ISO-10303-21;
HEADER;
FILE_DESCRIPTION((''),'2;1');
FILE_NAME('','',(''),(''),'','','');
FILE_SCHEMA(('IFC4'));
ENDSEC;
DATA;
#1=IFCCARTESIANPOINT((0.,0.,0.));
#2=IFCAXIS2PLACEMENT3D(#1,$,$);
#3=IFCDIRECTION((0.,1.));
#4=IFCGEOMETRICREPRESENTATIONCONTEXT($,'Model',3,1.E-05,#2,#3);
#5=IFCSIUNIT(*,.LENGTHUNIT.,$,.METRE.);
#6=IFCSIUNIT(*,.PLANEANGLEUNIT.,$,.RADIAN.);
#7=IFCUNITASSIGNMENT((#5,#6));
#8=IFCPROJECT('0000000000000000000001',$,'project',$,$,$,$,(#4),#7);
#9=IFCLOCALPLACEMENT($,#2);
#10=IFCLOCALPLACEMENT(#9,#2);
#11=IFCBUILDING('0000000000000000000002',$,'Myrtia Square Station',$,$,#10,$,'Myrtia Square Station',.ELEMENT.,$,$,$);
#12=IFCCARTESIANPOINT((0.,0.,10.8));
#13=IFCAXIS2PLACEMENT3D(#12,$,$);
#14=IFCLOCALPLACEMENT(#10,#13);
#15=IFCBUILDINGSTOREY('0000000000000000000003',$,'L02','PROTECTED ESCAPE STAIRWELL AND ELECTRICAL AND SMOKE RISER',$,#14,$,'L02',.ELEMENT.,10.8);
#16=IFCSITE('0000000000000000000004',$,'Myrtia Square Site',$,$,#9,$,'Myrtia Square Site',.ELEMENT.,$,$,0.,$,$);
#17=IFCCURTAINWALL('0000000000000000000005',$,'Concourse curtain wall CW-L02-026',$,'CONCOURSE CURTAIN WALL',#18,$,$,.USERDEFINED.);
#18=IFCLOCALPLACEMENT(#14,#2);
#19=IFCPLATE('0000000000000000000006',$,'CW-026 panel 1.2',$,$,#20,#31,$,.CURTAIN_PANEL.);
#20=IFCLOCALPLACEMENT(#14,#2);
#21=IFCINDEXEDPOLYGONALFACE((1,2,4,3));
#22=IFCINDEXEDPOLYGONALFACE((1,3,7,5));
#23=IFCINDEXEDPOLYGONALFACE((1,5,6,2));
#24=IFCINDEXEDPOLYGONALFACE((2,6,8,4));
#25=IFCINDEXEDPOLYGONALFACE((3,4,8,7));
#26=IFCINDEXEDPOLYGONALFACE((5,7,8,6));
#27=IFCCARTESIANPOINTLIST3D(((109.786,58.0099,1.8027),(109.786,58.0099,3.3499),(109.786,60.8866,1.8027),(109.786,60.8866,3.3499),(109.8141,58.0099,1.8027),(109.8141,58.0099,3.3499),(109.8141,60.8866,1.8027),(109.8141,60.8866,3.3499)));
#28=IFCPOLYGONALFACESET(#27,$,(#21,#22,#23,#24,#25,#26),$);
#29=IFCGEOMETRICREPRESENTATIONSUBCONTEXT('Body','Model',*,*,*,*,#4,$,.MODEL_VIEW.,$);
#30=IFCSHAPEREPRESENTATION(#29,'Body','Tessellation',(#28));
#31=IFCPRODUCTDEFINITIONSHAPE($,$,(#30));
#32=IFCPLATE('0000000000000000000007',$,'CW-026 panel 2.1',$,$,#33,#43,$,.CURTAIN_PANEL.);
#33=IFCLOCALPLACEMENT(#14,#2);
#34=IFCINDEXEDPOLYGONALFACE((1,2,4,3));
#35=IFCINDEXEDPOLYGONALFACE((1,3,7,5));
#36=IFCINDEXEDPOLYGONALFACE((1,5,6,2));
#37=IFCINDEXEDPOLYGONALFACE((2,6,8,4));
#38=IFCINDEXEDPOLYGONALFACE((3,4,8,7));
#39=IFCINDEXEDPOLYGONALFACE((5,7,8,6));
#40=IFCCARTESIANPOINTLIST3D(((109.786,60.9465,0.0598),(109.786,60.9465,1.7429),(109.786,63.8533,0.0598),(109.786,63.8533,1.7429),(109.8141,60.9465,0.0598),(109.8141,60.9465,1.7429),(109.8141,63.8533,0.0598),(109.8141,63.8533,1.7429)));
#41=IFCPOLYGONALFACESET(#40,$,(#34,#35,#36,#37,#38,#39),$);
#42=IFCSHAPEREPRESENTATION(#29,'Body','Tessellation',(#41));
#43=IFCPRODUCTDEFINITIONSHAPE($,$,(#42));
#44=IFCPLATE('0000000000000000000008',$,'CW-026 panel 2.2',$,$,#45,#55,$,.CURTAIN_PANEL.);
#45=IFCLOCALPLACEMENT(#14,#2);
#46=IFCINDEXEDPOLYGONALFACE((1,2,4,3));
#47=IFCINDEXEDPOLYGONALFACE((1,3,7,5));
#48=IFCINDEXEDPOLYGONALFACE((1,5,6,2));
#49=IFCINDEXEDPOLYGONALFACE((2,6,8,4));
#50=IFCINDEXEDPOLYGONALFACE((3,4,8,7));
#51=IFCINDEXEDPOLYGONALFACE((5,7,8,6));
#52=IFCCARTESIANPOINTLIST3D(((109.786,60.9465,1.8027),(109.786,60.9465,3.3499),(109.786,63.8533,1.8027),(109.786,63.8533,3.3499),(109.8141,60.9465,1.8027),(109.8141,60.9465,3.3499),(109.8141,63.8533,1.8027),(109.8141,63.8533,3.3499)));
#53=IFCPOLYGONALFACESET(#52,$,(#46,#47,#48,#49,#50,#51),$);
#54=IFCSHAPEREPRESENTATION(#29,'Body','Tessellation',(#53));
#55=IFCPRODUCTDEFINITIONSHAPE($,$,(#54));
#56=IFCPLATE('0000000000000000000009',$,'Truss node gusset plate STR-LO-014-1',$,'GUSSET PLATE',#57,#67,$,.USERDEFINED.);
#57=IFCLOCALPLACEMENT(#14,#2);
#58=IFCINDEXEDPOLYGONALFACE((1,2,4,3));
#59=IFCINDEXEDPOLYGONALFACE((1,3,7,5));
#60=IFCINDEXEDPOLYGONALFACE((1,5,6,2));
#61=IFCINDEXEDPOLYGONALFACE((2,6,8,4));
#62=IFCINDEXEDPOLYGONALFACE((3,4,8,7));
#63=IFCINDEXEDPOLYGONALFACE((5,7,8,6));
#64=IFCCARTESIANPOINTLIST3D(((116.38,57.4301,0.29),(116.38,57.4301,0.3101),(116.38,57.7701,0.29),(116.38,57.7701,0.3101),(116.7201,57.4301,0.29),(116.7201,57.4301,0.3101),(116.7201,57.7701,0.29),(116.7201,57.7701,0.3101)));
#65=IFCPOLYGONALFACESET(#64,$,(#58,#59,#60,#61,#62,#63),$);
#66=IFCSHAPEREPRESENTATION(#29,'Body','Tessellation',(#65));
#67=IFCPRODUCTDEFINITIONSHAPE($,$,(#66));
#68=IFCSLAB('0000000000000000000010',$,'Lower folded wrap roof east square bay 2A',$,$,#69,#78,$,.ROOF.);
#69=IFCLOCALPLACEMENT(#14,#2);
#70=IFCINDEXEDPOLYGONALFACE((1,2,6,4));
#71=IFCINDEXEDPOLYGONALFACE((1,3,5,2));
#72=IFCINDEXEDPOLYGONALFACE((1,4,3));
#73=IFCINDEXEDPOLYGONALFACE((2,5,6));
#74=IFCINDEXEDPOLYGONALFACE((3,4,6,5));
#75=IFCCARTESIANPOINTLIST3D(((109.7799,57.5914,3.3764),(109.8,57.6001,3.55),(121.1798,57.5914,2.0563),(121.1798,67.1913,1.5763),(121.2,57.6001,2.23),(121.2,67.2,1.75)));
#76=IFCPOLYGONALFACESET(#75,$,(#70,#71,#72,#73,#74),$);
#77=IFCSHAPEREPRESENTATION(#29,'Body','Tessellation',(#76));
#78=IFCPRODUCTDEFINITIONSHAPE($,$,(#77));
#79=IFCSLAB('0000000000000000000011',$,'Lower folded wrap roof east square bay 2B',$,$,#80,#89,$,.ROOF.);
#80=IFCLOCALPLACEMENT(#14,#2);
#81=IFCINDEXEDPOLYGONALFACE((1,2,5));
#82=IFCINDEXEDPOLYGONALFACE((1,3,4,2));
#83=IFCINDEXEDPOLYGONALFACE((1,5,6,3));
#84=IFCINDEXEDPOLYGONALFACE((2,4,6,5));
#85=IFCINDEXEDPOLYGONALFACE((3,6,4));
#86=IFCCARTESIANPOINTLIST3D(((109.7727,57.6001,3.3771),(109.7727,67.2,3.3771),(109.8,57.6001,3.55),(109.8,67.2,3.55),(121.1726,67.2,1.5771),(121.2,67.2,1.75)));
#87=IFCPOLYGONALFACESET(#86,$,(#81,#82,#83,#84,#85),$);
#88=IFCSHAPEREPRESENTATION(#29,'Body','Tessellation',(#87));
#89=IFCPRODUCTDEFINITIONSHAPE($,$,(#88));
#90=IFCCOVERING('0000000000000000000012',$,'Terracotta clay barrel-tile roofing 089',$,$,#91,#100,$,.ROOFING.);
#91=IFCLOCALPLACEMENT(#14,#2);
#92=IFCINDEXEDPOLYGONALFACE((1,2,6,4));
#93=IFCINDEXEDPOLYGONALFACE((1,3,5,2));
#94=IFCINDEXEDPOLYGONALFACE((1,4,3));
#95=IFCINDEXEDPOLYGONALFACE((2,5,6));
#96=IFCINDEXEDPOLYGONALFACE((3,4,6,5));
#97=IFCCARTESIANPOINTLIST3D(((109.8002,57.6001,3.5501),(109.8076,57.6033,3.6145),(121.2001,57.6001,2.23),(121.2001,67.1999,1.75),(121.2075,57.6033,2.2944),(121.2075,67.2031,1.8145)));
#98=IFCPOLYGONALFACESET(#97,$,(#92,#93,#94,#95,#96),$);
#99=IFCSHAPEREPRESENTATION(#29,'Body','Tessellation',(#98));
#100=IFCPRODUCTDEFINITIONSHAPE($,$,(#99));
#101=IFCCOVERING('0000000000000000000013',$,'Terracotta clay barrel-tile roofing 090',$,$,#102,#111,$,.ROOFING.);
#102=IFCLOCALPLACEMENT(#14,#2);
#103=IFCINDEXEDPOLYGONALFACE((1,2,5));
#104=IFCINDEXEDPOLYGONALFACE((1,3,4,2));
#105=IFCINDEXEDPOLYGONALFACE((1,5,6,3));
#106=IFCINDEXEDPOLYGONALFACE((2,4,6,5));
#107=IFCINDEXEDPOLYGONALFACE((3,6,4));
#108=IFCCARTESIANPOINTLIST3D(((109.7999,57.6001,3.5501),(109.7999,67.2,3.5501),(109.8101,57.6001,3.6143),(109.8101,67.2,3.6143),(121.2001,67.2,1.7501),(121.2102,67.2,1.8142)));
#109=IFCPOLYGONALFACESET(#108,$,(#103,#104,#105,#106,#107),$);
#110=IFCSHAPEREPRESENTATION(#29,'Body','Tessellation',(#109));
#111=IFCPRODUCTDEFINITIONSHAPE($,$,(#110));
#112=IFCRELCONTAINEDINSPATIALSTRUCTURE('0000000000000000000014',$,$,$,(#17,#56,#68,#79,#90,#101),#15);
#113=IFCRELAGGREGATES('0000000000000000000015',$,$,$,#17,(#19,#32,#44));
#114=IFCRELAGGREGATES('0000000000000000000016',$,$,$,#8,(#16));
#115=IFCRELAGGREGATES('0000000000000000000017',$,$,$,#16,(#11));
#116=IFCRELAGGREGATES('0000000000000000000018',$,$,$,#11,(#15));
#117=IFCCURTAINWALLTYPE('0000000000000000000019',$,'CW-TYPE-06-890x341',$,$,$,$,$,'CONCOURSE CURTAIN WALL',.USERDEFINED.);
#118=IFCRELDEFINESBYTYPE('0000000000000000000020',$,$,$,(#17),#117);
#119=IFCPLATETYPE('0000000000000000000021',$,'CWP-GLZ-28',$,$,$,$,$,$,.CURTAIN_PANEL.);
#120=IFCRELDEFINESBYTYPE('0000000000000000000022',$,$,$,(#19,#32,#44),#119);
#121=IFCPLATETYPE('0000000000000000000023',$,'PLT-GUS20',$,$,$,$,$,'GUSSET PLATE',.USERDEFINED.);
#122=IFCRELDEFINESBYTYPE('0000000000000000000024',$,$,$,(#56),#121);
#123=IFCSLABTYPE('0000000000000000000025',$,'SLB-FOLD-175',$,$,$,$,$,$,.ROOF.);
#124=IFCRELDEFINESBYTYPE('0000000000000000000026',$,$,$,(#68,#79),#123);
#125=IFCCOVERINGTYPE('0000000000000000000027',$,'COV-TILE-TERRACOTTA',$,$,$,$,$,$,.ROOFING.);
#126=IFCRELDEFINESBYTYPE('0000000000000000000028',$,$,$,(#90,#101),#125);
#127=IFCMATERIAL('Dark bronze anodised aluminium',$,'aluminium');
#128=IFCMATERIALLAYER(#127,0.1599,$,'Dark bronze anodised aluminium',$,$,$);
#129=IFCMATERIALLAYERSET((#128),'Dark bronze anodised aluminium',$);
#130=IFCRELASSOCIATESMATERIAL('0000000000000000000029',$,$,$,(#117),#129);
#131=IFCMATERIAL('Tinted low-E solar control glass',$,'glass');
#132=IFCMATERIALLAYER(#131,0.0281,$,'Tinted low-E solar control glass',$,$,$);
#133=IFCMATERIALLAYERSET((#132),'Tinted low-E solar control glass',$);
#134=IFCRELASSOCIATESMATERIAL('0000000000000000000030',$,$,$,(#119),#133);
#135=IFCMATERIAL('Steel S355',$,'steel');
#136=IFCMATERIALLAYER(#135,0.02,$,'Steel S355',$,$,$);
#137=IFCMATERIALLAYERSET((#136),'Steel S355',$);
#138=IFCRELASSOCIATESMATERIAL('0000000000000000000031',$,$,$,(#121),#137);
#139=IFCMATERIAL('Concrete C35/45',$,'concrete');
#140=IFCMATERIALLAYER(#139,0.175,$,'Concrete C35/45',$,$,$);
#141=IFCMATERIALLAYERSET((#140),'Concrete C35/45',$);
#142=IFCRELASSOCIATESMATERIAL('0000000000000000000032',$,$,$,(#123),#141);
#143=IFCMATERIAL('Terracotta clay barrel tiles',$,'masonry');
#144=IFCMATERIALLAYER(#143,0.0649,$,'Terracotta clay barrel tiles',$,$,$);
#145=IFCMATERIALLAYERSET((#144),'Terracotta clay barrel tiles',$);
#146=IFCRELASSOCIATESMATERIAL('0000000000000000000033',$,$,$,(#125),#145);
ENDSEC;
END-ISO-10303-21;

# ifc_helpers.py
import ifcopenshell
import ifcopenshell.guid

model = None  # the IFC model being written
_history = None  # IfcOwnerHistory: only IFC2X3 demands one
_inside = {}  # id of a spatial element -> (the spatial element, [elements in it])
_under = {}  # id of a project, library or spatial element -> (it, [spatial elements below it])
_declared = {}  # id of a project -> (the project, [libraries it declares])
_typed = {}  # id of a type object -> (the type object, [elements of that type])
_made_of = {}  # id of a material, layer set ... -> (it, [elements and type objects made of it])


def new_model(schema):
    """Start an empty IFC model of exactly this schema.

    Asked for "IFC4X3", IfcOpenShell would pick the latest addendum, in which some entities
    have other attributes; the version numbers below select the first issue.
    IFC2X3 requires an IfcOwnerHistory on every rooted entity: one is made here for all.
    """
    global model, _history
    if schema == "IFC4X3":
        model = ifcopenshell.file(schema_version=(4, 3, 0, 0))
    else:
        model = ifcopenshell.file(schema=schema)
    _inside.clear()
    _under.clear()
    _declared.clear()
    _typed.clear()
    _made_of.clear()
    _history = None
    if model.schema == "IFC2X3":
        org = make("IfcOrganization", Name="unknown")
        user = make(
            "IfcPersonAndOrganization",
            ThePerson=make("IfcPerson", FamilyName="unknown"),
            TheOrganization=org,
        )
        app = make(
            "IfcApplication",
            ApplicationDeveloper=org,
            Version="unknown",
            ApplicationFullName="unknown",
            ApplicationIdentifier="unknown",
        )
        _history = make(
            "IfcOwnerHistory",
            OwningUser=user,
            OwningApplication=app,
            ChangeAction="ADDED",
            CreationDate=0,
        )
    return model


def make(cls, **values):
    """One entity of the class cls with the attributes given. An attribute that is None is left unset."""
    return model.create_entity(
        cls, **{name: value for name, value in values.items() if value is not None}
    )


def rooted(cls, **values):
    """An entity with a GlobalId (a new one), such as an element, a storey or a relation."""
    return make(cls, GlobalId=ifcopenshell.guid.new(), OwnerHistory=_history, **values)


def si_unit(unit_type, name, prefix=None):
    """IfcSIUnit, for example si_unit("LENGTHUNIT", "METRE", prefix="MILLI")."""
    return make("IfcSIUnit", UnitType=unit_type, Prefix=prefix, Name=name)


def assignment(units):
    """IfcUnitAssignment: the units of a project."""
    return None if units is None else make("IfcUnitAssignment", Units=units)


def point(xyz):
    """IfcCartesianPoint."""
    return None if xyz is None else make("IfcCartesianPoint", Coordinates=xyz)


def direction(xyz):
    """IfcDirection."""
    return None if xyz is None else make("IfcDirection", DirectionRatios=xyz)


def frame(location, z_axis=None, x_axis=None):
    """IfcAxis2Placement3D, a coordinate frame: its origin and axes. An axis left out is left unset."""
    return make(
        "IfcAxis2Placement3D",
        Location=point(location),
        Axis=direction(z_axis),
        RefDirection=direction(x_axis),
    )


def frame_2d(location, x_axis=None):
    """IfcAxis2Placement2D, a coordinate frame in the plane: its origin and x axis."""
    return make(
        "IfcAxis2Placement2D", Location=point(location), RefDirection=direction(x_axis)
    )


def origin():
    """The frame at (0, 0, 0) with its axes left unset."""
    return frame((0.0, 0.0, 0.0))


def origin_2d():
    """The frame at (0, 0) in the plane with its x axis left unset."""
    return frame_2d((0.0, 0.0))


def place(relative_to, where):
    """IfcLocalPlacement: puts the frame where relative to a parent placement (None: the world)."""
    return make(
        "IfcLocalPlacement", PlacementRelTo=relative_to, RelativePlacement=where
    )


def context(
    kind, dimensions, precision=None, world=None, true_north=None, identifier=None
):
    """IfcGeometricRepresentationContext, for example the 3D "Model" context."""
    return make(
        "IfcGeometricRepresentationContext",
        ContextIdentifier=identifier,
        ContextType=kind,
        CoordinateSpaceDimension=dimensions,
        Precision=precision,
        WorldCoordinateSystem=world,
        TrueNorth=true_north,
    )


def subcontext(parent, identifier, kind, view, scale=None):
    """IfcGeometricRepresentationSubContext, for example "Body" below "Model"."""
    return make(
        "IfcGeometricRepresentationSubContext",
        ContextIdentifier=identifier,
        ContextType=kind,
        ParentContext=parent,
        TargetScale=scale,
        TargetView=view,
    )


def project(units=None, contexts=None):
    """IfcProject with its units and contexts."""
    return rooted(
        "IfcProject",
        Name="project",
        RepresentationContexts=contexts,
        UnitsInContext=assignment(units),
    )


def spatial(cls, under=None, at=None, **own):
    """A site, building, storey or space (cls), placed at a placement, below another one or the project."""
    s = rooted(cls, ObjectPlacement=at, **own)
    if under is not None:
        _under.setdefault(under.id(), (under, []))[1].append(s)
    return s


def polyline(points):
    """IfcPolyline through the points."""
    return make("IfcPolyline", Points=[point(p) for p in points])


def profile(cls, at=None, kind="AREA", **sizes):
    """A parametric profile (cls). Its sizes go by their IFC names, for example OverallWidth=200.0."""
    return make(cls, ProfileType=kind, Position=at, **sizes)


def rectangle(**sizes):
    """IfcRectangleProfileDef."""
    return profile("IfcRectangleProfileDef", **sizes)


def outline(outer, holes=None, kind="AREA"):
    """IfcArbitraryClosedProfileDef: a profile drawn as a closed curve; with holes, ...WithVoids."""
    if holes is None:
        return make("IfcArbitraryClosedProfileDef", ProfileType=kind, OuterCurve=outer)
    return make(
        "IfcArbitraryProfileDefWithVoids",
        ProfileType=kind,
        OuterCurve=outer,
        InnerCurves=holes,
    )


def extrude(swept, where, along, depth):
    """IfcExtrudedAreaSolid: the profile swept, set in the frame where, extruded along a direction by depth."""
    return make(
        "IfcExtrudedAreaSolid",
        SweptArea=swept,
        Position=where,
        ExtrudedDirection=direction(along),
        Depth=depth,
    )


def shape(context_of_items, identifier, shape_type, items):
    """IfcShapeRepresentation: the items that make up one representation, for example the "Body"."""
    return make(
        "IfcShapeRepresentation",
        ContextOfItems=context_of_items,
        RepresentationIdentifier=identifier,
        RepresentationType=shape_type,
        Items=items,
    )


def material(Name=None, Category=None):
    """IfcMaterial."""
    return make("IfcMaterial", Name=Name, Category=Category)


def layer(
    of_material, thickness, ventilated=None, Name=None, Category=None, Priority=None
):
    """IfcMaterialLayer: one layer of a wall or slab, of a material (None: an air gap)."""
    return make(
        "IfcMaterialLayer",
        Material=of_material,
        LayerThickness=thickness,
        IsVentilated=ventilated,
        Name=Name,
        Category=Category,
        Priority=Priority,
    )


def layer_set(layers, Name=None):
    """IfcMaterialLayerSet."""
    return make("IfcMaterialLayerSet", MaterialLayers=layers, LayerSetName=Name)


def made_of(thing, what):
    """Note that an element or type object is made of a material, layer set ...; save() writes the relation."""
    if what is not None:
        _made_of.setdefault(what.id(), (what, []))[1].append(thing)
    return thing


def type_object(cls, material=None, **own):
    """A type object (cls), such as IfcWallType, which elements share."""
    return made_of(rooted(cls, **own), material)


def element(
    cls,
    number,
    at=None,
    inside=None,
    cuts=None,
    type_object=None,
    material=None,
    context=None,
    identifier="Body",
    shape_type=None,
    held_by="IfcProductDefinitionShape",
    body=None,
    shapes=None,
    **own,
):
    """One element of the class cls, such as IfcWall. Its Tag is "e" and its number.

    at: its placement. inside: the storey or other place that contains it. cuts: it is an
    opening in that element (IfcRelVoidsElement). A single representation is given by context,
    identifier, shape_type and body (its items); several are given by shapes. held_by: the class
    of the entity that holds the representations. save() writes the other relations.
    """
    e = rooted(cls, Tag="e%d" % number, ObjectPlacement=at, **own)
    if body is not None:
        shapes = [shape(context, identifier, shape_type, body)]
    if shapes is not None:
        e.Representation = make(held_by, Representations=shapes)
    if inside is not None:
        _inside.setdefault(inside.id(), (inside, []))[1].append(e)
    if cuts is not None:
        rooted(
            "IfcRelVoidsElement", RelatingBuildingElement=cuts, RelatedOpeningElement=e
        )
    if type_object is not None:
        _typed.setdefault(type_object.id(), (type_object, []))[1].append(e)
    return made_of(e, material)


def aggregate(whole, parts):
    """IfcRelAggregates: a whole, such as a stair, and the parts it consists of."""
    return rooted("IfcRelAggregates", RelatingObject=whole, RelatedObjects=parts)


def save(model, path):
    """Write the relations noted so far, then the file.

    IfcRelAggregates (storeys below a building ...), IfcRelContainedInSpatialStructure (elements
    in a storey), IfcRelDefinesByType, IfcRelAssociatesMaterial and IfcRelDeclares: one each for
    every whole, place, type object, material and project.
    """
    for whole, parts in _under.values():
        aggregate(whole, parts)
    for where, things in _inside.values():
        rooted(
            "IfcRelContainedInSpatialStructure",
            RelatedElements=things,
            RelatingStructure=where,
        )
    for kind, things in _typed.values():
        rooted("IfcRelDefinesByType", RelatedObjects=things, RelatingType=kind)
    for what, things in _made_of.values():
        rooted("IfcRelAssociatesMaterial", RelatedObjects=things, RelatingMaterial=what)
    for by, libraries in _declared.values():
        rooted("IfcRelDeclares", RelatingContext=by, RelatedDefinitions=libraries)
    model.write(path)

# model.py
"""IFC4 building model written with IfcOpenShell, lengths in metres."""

from ifc_helpers import new_model, si_unit, direction, frame, origin, origin_2d, place, context, subcontext, project, spatial, polyline, rectangle, outline, extrude, material, layer, layer_set, type_object, element, aggregate, save


model = new_model("IFC4")

# Units and contexts
model_context = context("Model", 3, precision=1e-05, world=origin(), true_north=direction((0.0, 1.0)))
body_context = subcontext(model_context, "Body", "Model", "MODEL_VIEW")
ifc_project = project(units=[si_unit("LENGTHUNIT", "METRE"), si_unit("PLANEANGLEUNIT", "RADIAN")], contexts=[model_context])

# Site, building, storey
site_placement = place(None, origin())
site = spatial("IfcSite", under=ifc_project, at=site_placement, Name="Myrtia Square Site", LongName="Myrtia Square Site", CompositionType="ELEMENT", RefElevation=0.0)
building_placement = place(site_placement, origin())
building = spatial("IfcBuilding", under=site, at=building_placement, Name="Myrtia Square Station", LongName="Myrtia Square Station", CompositionType="ELEMENT")
storey_placement = place(building_placement, frame((0.0, 0.0, 10.8)))
storey = spatial("IfcBuildingStorey", under=building, at=storey_placement, Name="L02", Description="PROTECTED ESCAPE STAIRWELL AND ELECTRICAL AND SMOKE RISER", LongName="L02", CompositionType="ELEMENT", Elevation=10.8)

# Shared definitions
ifc_material_1 = material(Name="Steel S355", Category="steel")

# Curtain wall
ifc_material_2 = material(Name="Dark bronze anodised aluminium", Category="aluminium")
ifc_layer_1 = layer(ifc_material_2, 0.1599, Name="Dark bronze anodised aluminium")
ifc_layer_set_1 = layer_set([ifc_layer_1], Name="Dark bronze anodised aluminium")
curtain_wall_type = type_object("IfcCurtainWallType", Name="CW-TYPE-06-890x341", ElementType="CONCOURSE CURTAIN WALL", PredefinedType="USERDEFINED", material=ifc_layer_set_1)
curtain_wall_placement = place(storey_placement, origin())
curtain_wall = element("IfcCurtainWall", 1, at=curtain_wall_placement, inside=storey, type_object=curtain_wall_type, Name="Concourse curtain wall CW-L02-026", ObjectType="CONCOURSE CURTAIN WALL", PredefinedType="USERDEFINED")

# Plates
ifc_material_3 = material(Name="Tinted low-E solar control glass", Category="glass")
ifc_layer_2 = layer(ifc_material_3, 0.0281, Name="Tinted low-E solar control glass")
ifc_layer_set_2 = layer_set([ifc_layer_2], Name="Tinted low-E solar control glass")
plate_type_1 = type_object("IfcPlateType", Name="CWP-GLZ-28", PredefinedType="CURTAIN_PANEL", material=ifc_layer_set_2)
plate_1_placement = place(storey_placement, frame((109.8, 59.4482, 1.8027), z_axis=(0.0, 0.0, 1.0), x_axis=(0.0, 1.0, 0.0)))
plate_1 = element("IfcPlate", 2, at=plate_1_placement, type_object=plate_type_1, Name="CW-026 panel 1.2", PredefinedType="CURTAIN_PANEL", context=body_context, shape_type="SweptSolid", body=[
    extrude(rectangle(XDim=2.8767, YDim=0.0281, at=origin_2d()), origin(), (0.0, 0.0, 1.0), 1.5471),
])
plate_2_placement = place(storey_placement, frame((109.8, 62.3999, 0.0598), z_axis=(0.0, 0.0, 1.0), x_axis=(0.0, 1.0, 0.0)))
plate_2 = element("IfcPlate", 3, at=plate_2_placement, type_object=plate_type_1, Name="CW-026 panel 2.1", PredefinedType="CURTAIN_PANEL", context=body_context, shape_type="SweptSolid", body=[
    extrude(rectangle(XDim=2.9067, YDim=0.0281, at=origin_2d()), origin(), (0.0, 0.0, 1.0), 1.6831),
])
plate_3_placement = place(storey_placement, frame((109.8, 62.3999, 1.8027), z_axis=(0.0, 0.0, 1.0), x_axis=(0.0, 1.0, 0.0)))
plate_3 = element("IfcPlate", 4, at=plate_3_placement, type_object=plate_type_1, Name="CW-026 panel 2.2", PredefinedType="CURTAIN_PANEL", context=body_context, shape_type="SweptSolid", body=[
    extrude(rectangle(XDim=2.9067, YDim=0.0281, at=origin_2d()), origin(), (0.0, 0.0, 1.0), 1.5471),
])
aggregate(curtain_wall, [plate_1, plate_2, plate_3])
ifc_layer_3 = layer(ifc_material_1, 0.02, Name="Steel S355")
ifc_layer_set_3 = layer_set([ifc_layer_3], Name="Steel S355")
plate_type_2 = type_object("IfcPlateType", Name="PLT-GUS20", ElementType="GUSSET PLATE", PredefinedType="USERDEFINED", material=ifc_layer_set_3)
plate_4_placement = place(storey_placement, frame((116.55, 57.6001, 0.29), z_axis=(0.0, 0.0, 1.0), x_axis=(1.0, 0.0, 0.0)))
element("IfcPlate", 5, at=plate_4_placement, inside=storey, type_object=plate_type_2, Name="Truss node gusset plate STR-LO-014-1", ObjectType="GUSSET PLATE", PredefinedType="USERDEFINED", context=body_context, shape_type="SweptSolid", body=[
    extrude(rectangle(XDim=0.3401, YDim=0.3401, at=origin_2d()), origin(), (0.0, 0.0, 1.0), 0.02),
])

# Slabs
ifc_material_4 = material(Name="Concrete C35/45", Category="concrete")
ifc_layer_4 = layer(ifc_material_4, 0.175, Name="Concrete C35/45")
ifc_layer_set_4 = layer_set([ifc_layer_4], Name="Concrete C35/45")
slab_type = type_object("IfcSlabType", Name="SLB-FOLD-175", PredefinedType="ROOF", material=ifc_layer_set_4)
slab_1_placement = place(storey_placement, frame((109.8, 57.6001, 3.55), z_axis=(0.114886, 0.049606, 0.992139), x_axis=(0.993362, 0.0, -0.115028)))
element("IfcSlab", 6, at=slab_1_placement, inside=storey, type_object=slab_type, Name="Lower folded wrap roof east square bay 2A", PredefinedType="ROOF", context=body_context, shape_type="SweptSolid", body=[
    extrude(outline(polyline([(0.0, 0.0), (11.4761, 0.0), (11.5313, 9.6117), (0.0, 0.0)])), origin(), (0.0, 0.0, -1.0), 0.175),
])
slab_2_placement = place(storey_placement, frame((109.8, 57.6001, 3.55), z_axis=(0.155968, 0.0, 0.987762), x_axis=(0.759394, 0.639486, -0.119909)))
element("IfcSlab", 7, at=slab_2_placement, inside=storey, type_object=slab_type, Name="Lower folded wrap roof east square bay 2B", PredefinedType="ROOF", context=body_context, shape_type="SweptSolid", body=[
    extrude(outline(polyline([(0.0, 0.0), (15.0118, 0.0), (6.139, 7.3804), (0.0, 0.0)])), origin(), (0.0, 0.0, -1.0), 0.175),
])

# Coverings
ifc_material_5 = material(Name="Terracotta clay barrel tiles", Category="masonry")
ifc_layer_5 = layer(ifc_material_5, 0.0649, Name="Terracotta clay barrel tiles")
ifc_layer_set_5 = layer_set([ifc_layer_5], Name="Terracotta clay barrel tiles")
covering_type = type_object("IfcCoveringType", Name="COV-TILE-TERRACOTTA", PredefinedType="ROOFING", material=ifc_layer_set_5)
covering_1_placement = place(storey_placement, frame((109.8076, 57.6033, 3.6145), z_axis=(0.114886, 0.049606, 0.992139), x_axis=(0.993362, 0.0, -0.115028)))
element("IfcCovering", 8, at=covering_1_placement, inside=storey, type_object=covering_type, Name="Terracotta clay barrel-tile roofing 089", PredefinedType="ROOFING", context=body_context, shape_type="SweptSolid", body=[
    extrude(outline(polyline([(0.0, 0.0), (11.4761, 0.0), (11.5313, 9.6117), (0.0, 0.0)])), origin(), (0.0, 0.0, -1.0), 0.0649),
])
covering_2_placement = place(storey_placement, frame((109.8101, 57.6001, 3.6143), z_axis=(0.155965, 0.0, 0.987763), x_axis=(0.759401, 0.639478, -0.119907)))
element("IfcCovering", 9, at=covering_2_placement, inside=storey, type_object=covering_type, Name="Terracotta clay barrel-tile roofing 090", PredefinedType="ROOFING", context=body_context, shape_type="SweptSolid", body=[
    extrude(outline(polyline([(0.0, 0.0), (15.012, 0.0), (6.1389, 7.3805), (0.0, 0.0)])), origin(), (0.0, 0.0, -1.0), 0.0649),
])

save(model, "model.ifc")
